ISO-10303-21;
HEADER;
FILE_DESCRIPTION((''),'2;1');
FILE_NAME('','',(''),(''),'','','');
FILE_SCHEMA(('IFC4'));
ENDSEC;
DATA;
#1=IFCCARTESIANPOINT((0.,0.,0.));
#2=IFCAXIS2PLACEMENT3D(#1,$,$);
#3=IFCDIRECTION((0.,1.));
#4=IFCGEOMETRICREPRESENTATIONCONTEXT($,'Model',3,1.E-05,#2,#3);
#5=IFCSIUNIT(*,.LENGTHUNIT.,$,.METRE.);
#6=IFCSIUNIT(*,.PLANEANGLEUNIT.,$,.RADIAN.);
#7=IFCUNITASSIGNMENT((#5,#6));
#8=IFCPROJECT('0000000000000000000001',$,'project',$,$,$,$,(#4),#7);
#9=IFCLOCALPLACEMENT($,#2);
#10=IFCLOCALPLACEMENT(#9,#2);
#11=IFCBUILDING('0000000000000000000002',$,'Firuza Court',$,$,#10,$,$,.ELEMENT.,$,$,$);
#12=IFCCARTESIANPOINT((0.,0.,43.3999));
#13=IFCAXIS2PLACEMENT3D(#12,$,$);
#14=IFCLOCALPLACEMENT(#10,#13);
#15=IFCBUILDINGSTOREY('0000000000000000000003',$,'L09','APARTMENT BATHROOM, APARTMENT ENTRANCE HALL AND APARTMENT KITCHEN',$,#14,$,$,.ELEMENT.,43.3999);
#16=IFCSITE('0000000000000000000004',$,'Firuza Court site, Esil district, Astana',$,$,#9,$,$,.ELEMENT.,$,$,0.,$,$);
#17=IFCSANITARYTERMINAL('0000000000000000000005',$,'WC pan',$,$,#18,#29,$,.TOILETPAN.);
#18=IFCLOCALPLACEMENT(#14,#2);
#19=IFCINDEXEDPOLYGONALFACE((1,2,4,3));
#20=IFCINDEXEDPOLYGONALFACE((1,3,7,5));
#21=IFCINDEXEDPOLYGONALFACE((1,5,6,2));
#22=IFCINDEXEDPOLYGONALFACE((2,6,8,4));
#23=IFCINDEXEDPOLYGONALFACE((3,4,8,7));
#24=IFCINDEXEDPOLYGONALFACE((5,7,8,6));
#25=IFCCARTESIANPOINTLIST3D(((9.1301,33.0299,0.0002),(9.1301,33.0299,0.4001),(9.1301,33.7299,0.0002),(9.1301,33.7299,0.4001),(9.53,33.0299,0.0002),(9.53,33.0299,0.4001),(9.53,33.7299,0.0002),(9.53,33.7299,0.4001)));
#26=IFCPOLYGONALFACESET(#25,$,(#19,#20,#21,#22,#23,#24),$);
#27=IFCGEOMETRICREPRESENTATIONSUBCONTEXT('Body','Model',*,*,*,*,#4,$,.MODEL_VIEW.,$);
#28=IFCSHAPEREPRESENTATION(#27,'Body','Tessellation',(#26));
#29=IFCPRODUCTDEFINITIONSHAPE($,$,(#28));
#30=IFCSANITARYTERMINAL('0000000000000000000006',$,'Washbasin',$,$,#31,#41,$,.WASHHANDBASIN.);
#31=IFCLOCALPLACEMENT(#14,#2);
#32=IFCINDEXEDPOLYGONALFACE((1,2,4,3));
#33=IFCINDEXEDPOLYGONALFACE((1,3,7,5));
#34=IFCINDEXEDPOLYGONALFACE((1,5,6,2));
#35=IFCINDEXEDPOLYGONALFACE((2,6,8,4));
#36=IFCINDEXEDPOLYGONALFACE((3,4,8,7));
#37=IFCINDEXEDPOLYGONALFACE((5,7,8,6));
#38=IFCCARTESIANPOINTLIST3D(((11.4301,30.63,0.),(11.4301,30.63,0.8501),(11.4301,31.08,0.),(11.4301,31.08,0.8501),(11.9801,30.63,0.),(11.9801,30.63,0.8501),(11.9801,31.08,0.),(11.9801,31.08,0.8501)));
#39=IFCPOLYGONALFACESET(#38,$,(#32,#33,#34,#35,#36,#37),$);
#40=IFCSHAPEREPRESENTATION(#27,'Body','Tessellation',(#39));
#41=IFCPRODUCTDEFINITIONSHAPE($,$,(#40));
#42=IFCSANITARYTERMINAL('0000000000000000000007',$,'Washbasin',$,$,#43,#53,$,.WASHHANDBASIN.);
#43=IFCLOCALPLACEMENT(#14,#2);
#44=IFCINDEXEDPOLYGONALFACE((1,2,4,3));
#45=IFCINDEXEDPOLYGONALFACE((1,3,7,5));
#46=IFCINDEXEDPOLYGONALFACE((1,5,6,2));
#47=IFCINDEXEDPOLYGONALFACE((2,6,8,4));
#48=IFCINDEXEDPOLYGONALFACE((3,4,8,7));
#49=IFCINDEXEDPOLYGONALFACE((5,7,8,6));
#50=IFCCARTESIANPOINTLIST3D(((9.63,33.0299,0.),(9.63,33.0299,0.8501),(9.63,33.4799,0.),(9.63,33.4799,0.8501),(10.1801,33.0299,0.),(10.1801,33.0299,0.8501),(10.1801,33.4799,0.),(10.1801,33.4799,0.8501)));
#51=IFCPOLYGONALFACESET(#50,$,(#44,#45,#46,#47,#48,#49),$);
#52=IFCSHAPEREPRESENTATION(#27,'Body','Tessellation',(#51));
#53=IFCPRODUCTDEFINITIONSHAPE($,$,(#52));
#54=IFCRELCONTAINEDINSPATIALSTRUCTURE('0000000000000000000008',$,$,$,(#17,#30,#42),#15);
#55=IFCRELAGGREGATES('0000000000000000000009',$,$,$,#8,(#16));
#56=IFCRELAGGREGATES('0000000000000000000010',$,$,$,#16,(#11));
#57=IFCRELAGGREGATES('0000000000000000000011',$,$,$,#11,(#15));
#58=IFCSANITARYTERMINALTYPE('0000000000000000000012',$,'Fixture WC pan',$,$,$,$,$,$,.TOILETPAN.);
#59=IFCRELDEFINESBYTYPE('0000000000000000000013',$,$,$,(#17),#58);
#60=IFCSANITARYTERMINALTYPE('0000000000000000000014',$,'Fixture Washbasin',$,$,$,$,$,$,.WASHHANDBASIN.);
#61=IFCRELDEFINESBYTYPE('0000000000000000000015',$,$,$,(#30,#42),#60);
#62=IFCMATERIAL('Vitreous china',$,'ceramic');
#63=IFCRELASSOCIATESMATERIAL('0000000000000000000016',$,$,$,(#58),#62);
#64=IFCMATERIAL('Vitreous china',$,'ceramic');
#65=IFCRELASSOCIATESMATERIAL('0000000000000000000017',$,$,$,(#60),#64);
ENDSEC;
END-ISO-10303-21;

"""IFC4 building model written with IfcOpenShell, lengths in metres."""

from ifc_helpers import new_model, si_unit, direction, frame, origin, origin_2d, place, context, subcontext, project, spatial, rectangle, extrude, material, type_object, element, save


model = new_model("IFC4")

# Units and contexts
model_context = context("Model", 3, precision=1e-05, world=origin(), true_north=direction((0.0, 1.0)))
body_context = subcontext(model_context, "Body", "Model", "MODEL_VIEW")
ifc_project = project(units=[si_unit("LENGTHUNIT", "METRE"), si_unit("PLANEANGLEUNIT", "RADIAN")], contexts=[model_context])

# Site, building, storey
site_placement = place(None, origin())
site = spatial("IfcSite", under=ifc_project, at=site_placement, Name="Firuza Court site, Esil district, Astana", CompositionType="ELEMENT", RefElevation=0.0)
building_placement = place(site_placement, origin())
building = spatial("IfcBuilding", under=site, at=building_placement, Name="Firuza Court", CompositionType="ELEMENT")
storey_placement = place(building_placement, frame((0.0, 0.0, 43.3999)))
storey = spatial("IfcBuildingStorey", under=building, at=storey_placement, Name="L09", Description="APARTMENT BATHROOM, APARTMENT ENTRANCE HALL AND APARTMENT KITCHEN", CompositionType="ELEMENT", Elevation=43.3999)

# Sanitary terminals
ifc_material_1 = material(Name="Vitreous china", Category="ceramic")
sanitary_terminal_type_1 = type_object("IfcSanitaryTerminalType", Name="Fixture WC pan", PredefinedType="TOILETPAN", material=ifc_material_1)
for number, where, z_axis, x_axis, name in (
    (1, (9.3301, 33.3799, 0.0002), (0.0, 0.0, 1.0), (1.0, 0.0, 0.0), "WC pan"),
):
    element("IfcSanitaryTerminal", number, at=place(storey_placement, frame(where, z_axis=z_axis, x_axis=x_axis)), inside=storey, type_object=sanitary_terminal_type_1, Name=name, PredefinedType="TOILETPAN", context=body_context, shape_type="SweptSolid", body=[
        extrude(rectangle(XDim=0.3999, YDim=0.7, at=origin_2d()), origin(), (0.0, 0.0, 1.0), 0.3999),
    ])
ifc_material_2 = material(Name="Vitreous china", Category="ceramic")
sanitary_terminal_type_2 = type_object("IfcSanitaryTerminalType", Name="Fixture Washbasin", PredefinedType="WASHHANDBASIN", material=ifc_material_2)
for number, where, z_axis, x_axis, name in (
    (2, (11.7051, 30.855, 0.0), (0.0, 0.0, 1.0), (1.0, 0.0, 0.0), "Washbasin"),
    (3, (9.905, 33.2549, 0.0), (0.0, 0.0, 1.0), (1.0, 0.0, 0.0), "Washbasin"),
):
    element("IfcSanitaryTerminal", number, at=place(storey_placement, frame(where, z_axis=z_axis, x_axis=x_axis)), inside=storey, type_object=sanitary_terminal_type_2, Name=name, PredefinedType="WASHHANDBASIN", context=body_context, shape_type="SweptSolid", body=[
        extrude(rectangle(XDim=0.55, YDim=0.45, at=origin_2d()), origin(), (0.0, 0.0, 1.0), 0.8501),
    ])

save(model, "model.ifc")
